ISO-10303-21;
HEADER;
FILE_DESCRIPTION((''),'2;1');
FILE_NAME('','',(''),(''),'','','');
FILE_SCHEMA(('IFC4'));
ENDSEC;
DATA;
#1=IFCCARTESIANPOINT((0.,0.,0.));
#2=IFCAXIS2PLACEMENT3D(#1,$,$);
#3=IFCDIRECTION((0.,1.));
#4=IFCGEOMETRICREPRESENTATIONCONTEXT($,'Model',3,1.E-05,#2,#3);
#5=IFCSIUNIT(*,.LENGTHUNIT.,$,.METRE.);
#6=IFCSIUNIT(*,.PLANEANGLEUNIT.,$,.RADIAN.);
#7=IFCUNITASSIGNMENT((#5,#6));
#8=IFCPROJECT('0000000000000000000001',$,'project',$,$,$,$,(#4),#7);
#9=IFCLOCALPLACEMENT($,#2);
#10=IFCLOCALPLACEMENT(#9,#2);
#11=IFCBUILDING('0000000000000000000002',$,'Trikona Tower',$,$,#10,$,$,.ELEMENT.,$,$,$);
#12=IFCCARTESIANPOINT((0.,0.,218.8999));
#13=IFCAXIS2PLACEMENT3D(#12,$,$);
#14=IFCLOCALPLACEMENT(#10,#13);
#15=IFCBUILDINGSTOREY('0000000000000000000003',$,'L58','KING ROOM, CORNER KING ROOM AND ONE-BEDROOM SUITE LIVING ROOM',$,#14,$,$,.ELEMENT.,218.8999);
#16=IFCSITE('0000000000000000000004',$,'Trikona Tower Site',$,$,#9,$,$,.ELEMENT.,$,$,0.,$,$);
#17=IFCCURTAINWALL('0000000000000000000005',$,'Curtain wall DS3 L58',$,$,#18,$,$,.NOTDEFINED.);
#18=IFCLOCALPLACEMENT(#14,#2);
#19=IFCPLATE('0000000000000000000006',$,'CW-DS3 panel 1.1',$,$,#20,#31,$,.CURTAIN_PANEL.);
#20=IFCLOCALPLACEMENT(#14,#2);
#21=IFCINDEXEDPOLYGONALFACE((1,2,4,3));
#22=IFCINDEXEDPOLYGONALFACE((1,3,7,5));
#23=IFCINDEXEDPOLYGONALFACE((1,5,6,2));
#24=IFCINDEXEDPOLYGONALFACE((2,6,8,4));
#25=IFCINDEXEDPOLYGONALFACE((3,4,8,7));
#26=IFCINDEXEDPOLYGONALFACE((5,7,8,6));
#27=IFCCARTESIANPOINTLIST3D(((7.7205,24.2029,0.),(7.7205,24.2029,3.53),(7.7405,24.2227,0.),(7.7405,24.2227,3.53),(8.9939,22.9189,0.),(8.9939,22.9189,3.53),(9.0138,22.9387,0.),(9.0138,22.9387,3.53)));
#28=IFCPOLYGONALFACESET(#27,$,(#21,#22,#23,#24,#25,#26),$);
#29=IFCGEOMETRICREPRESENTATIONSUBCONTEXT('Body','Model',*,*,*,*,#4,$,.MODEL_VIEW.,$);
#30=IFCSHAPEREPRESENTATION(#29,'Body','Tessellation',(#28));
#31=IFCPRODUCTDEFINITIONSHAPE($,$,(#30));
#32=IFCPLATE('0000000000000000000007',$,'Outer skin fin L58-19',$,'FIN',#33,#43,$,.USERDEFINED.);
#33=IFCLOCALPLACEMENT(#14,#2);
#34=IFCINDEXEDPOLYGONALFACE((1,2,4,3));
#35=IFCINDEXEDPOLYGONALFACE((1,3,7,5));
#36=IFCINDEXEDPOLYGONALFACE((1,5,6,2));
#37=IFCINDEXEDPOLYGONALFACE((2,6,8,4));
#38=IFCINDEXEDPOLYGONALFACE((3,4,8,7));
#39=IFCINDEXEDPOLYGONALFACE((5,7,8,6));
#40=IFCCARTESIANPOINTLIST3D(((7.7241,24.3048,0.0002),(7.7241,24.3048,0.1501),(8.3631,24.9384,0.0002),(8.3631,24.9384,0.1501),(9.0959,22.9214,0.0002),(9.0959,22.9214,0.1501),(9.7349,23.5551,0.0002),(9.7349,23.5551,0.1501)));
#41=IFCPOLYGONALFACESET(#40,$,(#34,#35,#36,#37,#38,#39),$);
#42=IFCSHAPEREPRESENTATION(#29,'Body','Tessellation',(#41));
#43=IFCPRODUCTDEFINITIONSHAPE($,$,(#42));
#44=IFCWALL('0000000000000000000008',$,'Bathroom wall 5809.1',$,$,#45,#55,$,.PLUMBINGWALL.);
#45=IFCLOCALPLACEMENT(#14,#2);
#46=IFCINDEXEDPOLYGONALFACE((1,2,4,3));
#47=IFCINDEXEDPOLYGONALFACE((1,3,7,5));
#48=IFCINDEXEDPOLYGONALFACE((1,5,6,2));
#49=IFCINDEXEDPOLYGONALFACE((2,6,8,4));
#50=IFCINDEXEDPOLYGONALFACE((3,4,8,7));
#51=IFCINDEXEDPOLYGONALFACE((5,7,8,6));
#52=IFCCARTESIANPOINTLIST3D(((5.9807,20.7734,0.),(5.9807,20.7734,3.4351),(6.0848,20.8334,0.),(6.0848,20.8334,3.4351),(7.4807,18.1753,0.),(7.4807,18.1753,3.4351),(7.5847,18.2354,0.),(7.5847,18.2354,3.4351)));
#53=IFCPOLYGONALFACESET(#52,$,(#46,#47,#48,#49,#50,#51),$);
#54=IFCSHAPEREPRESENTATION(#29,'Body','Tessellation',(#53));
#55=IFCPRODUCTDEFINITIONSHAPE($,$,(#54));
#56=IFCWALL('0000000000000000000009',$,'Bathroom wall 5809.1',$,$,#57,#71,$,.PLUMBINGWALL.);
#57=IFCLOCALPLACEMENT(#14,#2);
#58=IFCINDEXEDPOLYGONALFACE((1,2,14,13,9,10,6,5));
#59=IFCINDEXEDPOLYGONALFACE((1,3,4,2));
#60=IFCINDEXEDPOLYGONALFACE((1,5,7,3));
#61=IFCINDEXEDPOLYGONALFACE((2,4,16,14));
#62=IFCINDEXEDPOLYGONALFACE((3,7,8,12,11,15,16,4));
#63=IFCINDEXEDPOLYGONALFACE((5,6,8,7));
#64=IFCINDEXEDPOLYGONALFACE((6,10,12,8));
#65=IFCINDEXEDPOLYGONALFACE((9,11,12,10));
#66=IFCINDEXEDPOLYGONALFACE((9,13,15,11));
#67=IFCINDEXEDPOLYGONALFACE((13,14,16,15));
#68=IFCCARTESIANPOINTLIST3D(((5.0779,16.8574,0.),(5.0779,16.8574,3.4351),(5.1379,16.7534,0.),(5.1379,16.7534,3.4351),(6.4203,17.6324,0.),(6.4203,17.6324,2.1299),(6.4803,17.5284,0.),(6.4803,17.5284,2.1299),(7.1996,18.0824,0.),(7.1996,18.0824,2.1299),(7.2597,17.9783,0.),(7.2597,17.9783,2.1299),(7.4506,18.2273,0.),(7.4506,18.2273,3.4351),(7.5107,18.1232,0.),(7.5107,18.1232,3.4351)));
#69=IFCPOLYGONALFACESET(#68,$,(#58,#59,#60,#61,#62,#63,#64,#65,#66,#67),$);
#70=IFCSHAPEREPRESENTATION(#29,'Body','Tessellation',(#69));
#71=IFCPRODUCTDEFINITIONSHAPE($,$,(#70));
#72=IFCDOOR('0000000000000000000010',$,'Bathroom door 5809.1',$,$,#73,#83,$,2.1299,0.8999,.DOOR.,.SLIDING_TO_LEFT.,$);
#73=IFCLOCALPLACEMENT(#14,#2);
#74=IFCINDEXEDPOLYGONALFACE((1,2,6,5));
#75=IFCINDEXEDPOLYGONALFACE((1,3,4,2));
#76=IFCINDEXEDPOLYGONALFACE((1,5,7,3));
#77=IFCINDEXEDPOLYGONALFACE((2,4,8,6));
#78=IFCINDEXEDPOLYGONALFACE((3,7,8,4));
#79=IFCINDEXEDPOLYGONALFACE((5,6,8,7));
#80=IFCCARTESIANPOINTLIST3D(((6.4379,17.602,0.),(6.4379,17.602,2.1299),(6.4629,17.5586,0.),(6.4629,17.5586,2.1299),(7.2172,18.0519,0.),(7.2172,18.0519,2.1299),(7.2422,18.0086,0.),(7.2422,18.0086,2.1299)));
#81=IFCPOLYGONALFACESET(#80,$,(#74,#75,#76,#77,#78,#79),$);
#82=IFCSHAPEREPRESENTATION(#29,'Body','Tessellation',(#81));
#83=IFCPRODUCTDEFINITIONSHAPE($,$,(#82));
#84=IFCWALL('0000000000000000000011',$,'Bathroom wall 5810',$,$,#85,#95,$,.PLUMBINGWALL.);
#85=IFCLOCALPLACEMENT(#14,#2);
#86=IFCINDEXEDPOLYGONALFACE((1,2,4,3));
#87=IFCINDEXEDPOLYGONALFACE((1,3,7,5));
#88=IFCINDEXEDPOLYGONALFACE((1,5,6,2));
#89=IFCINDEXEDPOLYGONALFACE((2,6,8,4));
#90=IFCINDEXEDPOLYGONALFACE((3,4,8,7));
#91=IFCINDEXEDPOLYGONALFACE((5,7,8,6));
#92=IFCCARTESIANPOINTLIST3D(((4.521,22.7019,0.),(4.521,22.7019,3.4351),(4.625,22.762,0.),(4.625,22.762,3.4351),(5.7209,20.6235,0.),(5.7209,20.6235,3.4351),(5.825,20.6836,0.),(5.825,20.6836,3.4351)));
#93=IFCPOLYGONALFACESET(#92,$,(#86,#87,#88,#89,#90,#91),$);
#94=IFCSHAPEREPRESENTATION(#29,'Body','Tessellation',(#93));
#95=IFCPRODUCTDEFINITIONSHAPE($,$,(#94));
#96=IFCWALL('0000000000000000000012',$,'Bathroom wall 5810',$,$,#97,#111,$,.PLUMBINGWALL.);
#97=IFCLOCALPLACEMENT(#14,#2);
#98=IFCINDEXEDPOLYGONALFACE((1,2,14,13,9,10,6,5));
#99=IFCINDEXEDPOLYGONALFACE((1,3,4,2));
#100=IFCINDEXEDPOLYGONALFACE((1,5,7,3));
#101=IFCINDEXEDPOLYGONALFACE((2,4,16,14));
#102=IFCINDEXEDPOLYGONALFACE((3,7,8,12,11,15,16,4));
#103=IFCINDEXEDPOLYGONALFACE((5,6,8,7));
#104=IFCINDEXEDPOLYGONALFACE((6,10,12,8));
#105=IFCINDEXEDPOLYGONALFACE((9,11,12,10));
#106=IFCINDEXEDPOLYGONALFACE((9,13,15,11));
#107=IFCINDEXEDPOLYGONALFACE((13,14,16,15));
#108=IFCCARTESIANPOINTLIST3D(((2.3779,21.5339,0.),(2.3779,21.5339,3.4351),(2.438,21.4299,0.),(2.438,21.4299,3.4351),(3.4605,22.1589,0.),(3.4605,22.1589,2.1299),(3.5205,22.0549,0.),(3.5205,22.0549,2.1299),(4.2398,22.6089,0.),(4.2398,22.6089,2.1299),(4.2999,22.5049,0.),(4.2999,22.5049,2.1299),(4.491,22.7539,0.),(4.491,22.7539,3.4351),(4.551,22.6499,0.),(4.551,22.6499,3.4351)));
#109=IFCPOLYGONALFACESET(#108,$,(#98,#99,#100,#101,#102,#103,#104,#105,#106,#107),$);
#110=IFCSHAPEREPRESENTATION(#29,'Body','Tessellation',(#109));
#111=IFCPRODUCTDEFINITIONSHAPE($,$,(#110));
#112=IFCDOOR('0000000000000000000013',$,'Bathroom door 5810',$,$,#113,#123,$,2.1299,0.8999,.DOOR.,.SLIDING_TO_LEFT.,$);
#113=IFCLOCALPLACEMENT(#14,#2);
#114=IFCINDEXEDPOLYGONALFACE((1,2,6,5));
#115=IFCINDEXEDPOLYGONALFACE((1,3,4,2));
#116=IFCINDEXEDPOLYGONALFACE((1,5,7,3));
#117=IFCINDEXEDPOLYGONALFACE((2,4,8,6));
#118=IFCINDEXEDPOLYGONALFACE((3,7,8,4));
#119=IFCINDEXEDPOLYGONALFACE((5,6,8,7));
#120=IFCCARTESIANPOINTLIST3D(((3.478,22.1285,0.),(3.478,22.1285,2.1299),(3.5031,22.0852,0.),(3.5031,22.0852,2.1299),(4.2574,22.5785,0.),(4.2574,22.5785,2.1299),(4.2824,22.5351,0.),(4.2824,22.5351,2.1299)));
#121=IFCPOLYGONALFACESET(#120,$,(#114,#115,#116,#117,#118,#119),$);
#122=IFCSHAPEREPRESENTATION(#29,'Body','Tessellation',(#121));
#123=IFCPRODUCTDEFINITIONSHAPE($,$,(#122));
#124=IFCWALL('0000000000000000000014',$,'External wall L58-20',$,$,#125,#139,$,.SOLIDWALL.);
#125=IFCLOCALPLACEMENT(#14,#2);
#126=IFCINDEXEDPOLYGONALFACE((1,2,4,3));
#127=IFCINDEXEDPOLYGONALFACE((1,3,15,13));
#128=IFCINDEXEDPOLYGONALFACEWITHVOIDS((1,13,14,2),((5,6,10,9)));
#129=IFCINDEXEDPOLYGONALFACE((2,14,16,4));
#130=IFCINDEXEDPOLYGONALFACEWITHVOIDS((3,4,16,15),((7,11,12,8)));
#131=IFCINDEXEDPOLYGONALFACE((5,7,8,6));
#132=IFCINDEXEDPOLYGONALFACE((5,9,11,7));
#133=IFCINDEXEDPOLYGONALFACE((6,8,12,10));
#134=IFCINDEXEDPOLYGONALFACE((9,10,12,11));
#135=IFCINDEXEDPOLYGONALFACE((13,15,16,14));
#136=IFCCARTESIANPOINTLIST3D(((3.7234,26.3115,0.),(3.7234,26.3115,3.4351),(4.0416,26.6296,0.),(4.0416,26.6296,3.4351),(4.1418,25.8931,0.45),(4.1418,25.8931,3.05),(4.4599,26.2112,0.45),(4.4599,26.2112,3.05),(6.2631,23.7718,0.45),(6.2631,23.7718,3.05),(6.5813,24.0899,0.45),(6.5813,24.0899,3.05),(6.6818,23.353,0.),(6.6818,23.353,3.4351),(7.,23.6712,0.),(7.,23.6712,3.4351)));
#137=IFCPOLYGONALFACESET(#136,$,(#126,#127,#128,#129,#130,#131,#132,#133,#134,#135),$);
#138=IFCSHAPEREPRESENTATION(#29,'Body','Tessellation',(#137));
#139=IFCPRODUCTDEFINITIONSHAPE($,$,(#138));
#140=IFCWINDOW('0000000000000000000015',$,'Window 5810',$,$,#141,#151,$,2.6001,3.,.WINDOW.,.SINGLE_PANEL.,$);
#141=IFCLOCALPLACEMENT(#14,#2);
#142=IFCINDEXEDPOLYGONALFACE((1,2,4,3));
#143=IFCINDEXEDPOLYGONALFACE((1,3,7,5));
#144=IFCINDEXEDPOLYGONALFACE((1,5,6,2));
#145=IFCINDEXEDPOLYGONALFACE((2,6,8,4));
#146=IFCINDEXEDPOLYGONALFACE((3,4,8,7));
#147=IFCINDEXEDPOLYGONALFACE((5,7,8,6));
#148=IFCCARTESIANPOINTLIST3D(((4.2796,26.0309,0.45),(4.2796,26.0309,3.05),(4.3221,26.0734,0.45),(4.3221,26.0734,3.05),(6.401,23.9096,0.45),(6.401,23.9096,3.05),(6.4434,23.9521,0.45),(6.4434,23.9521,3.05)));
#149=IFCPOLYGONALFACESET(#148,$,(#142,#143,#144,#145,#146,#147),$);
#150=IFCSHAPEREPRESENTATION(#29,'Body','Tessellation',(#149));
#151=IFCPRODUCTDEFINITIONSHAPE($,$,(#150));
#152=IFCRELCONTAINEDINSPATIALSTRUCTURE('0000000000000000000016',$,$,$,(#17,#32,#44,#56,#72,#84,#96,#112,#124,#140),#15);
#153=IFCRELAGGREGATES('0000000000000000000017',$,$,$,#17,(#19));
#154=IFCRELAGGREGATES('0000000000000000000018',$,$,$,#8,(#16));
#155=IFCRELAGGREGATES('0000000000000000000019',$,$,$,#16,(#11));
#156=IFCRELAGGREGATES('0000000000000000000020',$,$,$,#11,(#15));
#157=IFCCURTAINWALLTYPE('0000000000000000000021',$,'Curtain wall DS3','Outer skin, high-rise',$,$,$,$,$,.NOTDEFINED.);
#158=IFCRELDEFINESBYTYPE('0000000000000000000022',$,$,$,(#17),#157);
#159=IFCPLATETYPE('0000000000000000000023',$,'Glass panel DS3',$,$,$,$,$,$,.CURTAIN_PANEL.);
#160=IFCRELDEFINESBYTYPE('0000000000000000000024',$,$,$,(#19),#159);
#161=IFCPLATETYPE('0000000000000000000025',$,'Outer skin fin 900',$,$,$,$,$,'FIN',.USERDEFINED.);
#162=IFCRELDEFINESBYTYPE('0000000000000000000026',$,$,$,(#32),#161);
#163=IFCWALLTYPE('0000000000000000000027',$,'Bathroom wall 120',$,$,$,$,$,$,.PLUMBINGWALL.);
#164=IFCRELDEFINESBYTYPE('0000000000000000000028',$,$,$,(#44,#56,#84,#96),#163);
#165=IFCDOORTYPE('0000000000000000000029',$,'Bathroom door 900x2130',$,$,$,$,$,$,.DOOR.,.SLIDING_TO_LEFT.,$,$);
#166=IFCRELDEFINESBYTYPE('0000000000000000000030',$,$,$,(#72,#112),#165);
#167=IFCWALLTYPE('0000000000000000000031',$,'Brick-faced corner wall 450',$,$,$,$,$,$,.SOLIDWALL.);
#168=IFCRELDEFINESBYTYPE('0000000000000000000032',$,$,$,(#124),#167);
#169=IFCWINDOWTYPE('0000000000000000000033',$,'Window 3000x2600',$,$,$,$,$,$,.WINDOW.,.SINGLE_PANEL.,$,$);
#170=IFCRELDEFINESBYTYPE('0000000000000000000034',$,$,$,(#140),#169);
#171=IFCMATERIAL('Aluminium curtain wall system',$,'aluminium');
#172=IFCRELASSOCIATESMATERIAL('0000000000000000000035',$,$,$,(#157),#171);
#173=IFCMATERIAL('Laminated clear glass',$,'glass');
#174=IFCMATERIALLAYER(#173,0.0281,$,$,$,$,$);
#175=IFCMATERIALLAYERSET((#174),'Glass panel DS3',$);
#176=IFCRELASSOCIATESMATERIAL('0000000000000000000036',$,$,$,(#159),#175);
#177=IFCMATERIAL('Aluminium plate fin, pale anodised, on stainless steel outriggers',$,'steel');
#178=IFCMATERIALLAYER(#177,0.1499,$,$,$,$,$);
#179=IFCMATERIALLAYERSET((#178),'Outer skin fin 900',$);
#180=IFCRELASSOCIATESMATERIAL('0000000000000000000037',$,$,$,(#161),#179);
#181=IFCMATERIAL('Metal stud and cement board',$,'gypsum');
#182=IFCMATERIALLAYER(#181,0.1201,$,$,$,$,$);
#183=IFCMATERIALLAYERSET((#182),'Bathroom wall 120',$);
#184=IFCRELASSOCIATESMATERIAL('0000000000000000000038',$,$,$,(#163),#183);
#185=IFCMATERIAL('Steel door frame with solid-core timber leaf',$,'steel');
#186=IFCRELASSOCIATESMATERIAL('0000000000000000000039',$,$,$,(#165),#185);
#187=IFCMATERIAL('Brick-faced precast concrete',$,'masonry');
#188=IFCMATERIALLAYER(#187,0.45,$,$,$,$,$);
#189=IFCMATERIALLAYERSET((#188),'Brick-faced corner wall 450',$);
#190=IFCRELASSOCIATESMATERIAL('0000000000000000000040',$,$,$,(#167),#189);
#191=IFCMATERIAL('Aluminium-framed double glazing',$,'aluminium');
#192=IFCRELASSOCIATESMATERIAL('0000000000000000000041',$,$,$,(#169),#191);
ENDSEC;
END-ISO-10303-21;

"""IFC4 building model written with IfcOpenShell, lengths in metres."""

from ifc_helpers import new_model, si_unit, direction, frame, frame_2d, origin, origin_2d, place, context, subcontext, project, spatial, rectangle, extrude, material, layer, layer_set, type_object, element, fill, aggregate, save


model = new_model("IFC4")

# Units and contexts
model_context = context("Model", 3, precision=1e-05, world=origin(), true_north=direction((0.0, 1.0)))
body_context = subcontext(model_context, "Body", "Model", "MODEL_VIEW")
ifc_project = project(units=[si_unit("LENGTHUNIT", "METRE"), si_unit("PLANEANGLEUNIT", "RADIAN")], contexts=[model_context])

# Site, building, storey
site_placement = place(None, origin())
site = spatial("IfcSite", under=ifc_project, at=site_placement, Name="Trikona Tower Site", CompositionType="ELEMENT", RefElevation=0.0)
building_placement = place(site_placement, origin())
building = spatial("IfcBuilding", under=site, at=building_placement, Name="Trikona Tower", CompositionType="ELEMENT")
storey_placement = place(building_placement, frame((0.0, 0.0, 218.8999)))
storey = spatial("IfcBuildingStorey", under=building, at=storey_placement, Name="L58", Description="KING ROOM, CORNER KING ROOM AND ONE-BEDROOM SUITE LIVING ROOM", CompositionType="ELEMENT", Elevation=218.8999)

# Curtain wall
ifc_material_1 = material(Name="Aluminium curtain wall system", Category="aluminium")
curtain_wall_type = type_object("IfcCurtainWallType", Name="Curtain wall DS3", Description="Outer skin, high-rise", PredefinedType="NOTDEFINED", material=ifc_material_1)
curtain_wall_placement = place(storey_placement, origin())
curtain_wall = element("IfcCurtainWall", 1, at=curtain_wall_placement, inside=storey, type_object=curtain_wall_type, Name="Curtain wall DS3 L58", PredefinedType="NOTDEFINED")

# Plates
ifc_material_2 = material(Name="Laminated clear glass", Category="glass")
ifc_layer_1 = layer(ifc_material_2, 0.0281)
ifc_layer_set_1 = layer_set([ifc_layer_1], Name="Glass panel DS3")
plate_type_1 = type_object("IfcPlateType", Name="Glass panel DS3", PredefinedType="CURTAIN_PANEL", material=ifc_layer_set_1)
plate_1_placement = place(storey_placement, frame((8.3672, 23.5708, 0.0), z_axis=(0.0, 0.0, 1.0), x_axis=(-0.704149, 0.710052, 0.0)))
plate_1 = element("IfcPlate", 2, at=plate_1_placement, type_object=plate_type_1, Name="CW-DS3 panel 1.1", PredefinedType="CURTAIN_PANEL", context=body_context, shape_type="SweptSolid", body=[
    extrude(rectangle(XDim=1.8083, YDim=0.0281, at=origin_2d()), origin(), (0.0, 0.0, 1.0), 3.53),
])
aggregate(curtain_wall, [plate_1])
ifc_material_3 = material(Name="Aluminium plate fin, pale anodised, on stainless steel outriggers", Category="steel")
ifc_layer_2 = layer(ifc_material_3, 0.1499)
ifc_layer_set_2 = layer_set([ifc_layer_2], Name="Outer skin fin 900")
plate_type_2 = type_object("IfcPlateType", Name="Outer skin fin 900", ElementType="FIN", PredefinedType="USERDEFINED", material=ifc_layer_set_2)
plate_2_placement = place(storey_placement, frame((8.7295, 23.9299, 0.0002), z_axis=(0.0, 0.0, 1.0), x_axis=(-0.704151, 0.71005, 0.0)))
element("IfcPlate", 3, at=plate_2_placement, inside=storey, type_object=plate_type_2, Name="Outer skin fin L58-19", ObjectType="FIN", PredefinedType="USERDEFINED", context=body_context, shape_type="SweptSolid", body=[
    extrude(rectangle(XDim=1.9482, YDim=0.8999, at=origin_2d()), origin(), (0.0, 0.0, 1.0), 0.1499),
])

# Wall
ifc_material_4 = material(Name="Metal stud and cement board", Category="gypsum")
ifc_layer_3 = layer(ifc_material_4, 0.1201)
ifc_layer_set_3 = layer_set([ifc_layer_3], Name="Bathroom wall 120")
wall_type_1 = type_object("IfcWallType", Name="Bathroom wall 120", PredefinedType="PLUMBINGWALL", material=ifc_layer_set_3)
wall_1_placement = place(storey_placement, frame((7.5327, 18.2053, 0.0), z_axis=(0.0, 0.0, 1.0), x_axis=(-0.49999, 0.866031, 0.0)))
element("IfcWall", 4, at=wall_1_placement, inside=storey, type_object=wall_type_1, Name="Bathroom wall 5809.1", PredefinedType="PLUMBINGWALL", context=body_context, shape_type="SweptSolid", body=[
    extrude(rectangle(XDim=3.0, YDim=0.1201, at=frame_2d((1.5, 0.0))), origin(), (0.0, 0.0, 1.0), 3.4351),
])

# Wall, opening, door
wall_2_placement = place(storey_placement, frame((5.1079, 16.8054, 0.0), z_axis=(0.0, 0.0, 1.0), x_axis=(0.866036, 0.499982, 0.0)))
wall_2 = element("IfcWall", 5, at=wall_2_placement, inside=storey, type_object=wall_type_1, Name="Bathroom wall 5809.1", PredefinedType="PLUMBINGWALL", context=body_context, shape_type="SweptSolid", body=[
    extrude(rectangle(XDim=2.7397, YDim=0.1201, at=frame_2d((1.3699, 0.0))), origin(), (0.0, 0.0, 1.0), 3.4351),
])
opening_1_placement = place(wall_2_placement, frame((1.55, 0.0, 0.0)))
opening_1 = element("IfcOpeningElement", 6, at=opening_1_placement, cuts=wall_2, PredefinedType="OPENING", context=body_context, shape_type="SweptSolid", body=[
    extrude(rectangle(XDim=0.8999, YDim=2.1299, at=frame_2d((0.45, 1.0649))), frame((0.0, 0.0701, 0.0), z_axis=(0.0, -1.0, 0.0), x_axis=(1.0, 0.0, 0.0)), (0.0, 0.0, 1.0), 0.1401),
])
ifc_material_5 = material(Name="Steel door frame with solid-core timber leaf", Category="steel")
door_type_1 = type_object("IfcDoorType", Name="Bathroom door 900x2130", OperationType="SLIDING_TO_LEFT", PredefinedType="DOOR", material=ifc_material_5)
door_1_placement = place(opening_1_placement, origin())
door_1 = element("IfcDoor", 7, at=door_1_placement, inside=storey, type_object=door_type_1, Name="Bathroom door 5809.1", OperationType="SLIDING_TO_LEFT", OverallHeight=2.1299, OverallWidth=0.8999, PredefinedType="DOOR", context=body_context, shape_type="SweptSolid", body=[
    extrude(rectangle(XDim=0.8999, YDim=2.1299, at=frame_2d((0.45, 1.0649))), frame((0.0, 0.0249, 0.0), z_axis=(0.0, -1.0, 0.0), x_axis=(1.0, 0.0, 0.0)), (0.0, 0.0, 1.0), 0.05),
])
fill(opening_1, door_1)

# Wall
wall_3_placement = place(storey_placement, frame((5.7729, 20.6536, 0.0), z_axis=(0.0, 0.0, 1.0), x_axis=(-0.500001, 0.866025, 0.0)))
element("IfcWall", 8, at=wall_3_placement, inside=storey, type_object=wall_type_1, Name="Bathroom wall 5810", PredefinedType="PLUMBINGWALL", context=body_context, shape_type="SweptSolid", body=[
    extrude(rectangle(XDim=2.3999, YDim=0.1201, at=frame_2d((1.2, 0.0))), origin(), (0.0, 0.0, 1.0), 3.4351),
])

# Wall, opening, door
wall_4_placement = place(storey_placement, frame((2.408, 21.4819, 0.0), z_axis=(0.0, 0.0, 1.0), x_axis=(0.866024, 0.500003, 0.0)))
wall_4 = element("IfcWall", 9, at=wall_4_placement, inside=storey, type_object=wall_type_1, Name="Bathroom wall 5810", PredefinedType="PLUMBINGWALL", context=body_context, shape_type="SweptSolid", body=[
    extrude(rectangle(XDim=2.4399, YDim=0.1201, at=frame_2d((1.22, 0.0))), origin(), (0.0, 0.0, 1.0), 3.4351),
])
opening_2_placement = place(wall_4_placement, frame((1.25, 0.0, 0.0)))
opening_2 = element("IfcOpeningElement", 10, at=opening_2_placement, cuts=wall_4, PredefinedType="OPENING", context=body_context, shape_type="SweptSolid", body=[
    extrude(rectangle(XDim=0.8999, YDim=2.1299, at=frame_2d((0.45, 1.0649))), frame((0.0, 0.0701, 0.0), z_axis=(0.0, -1.0, 0.0), x_axis=(1.0, 0.0, 0.0)), (0.0, 0.0, 1.0), 0.1401),
])
door_2_placement = place(opening_2_placement, origin())
door_2 = element("IfcDoor", 11, at=door_2_placement, inside=storey, type_object=door_type_1, Name="Bathroom door 5810", OperationType="SLIDING_TO_LEFT", OverallHeight=2.1299, OverallWidth=0.8999, PredefinedType="DOOR", context=body_context, shape_type="SweptSolid", body=[
    extrude(rectangle(XDim=0.8999, YDim=2.1299, at=frame_2d((0.45, 1.0649))), frame((0.0, 0.0249, 0.0), z_axis=(0.0, -1.0, 0.0), x_axis=(1.0, 0.0, 0.0)), (0.0, 0.0, 1.0), 0.05),
])
fill(opening_2, door_2)

# Wall, opening, window
ifc_material_6 = material(Name="Brick-faced precast concrete", Category="masonry")
ifc_layer_4 = layer(ifc_material_6, 0.45)
ifc_layer_set_4 = layer_set([ifc_layer_4], Name="Brick-faced corner wall 450")
wall_type_2 = type_object("IfcWallType", Name="Brick-faced corner wall 450", PredefinedType="SOLIDWALL", material=ifc_layer_set_4)
wall_5_placement = place(storey_placement, frame((6.8408, 23.5122, 0.0), z_axis=(0.0, 0.0, 1.0), x_axis=(-0.707107, 0.707107, 0.0)))
wall_5 = element("IfcWall", 12, at=wall_5_placement, inside=storey, type_object=wall_type_2, Name="External wall L58-20", PredefinedType="SOLIDWALL", context=body_context, shape_type="SweptSolid", body=[
    extrude(rectangle(XDim=4.1838, YDim=0.45, at=frame_2d((2.0918, 0.0))), origin(), (0.0, 0.0, 1.0), 3.4351),
])
opening_3_placement = place(wall_5_placement, frame((0.592, 0.0, 0.45)))
opening_3 = element("IfcOpeningElement", 13, at=opening_3_placement, cuts=wall_5, PredefinedType="OPENING", context=body_context, shape_type="SweptSolid", body=[
    extrude(rectangle(XDim=3.0, YDim=2.6001, at=frame_2d((1.5, 1.3))), frame((0.0, 0.2349, 0.0), z_axis=(0.0, -1.0, 0.0), x_axis=(1.0, 0.0, 0.0)), (0.0, 0.0, 1.0), 0.47),
])
ifc_material_7 = material(Name="Aluminium-framed double glazing", Category="aluminium")
window_type_1 = type_object("IfcWindowType", Name="Window 3000x2600", PartitioningType="SINGLE_PANEL", PredefinedType="WINDOW", material=ifc_material_7)
window_1_placement = place(opening_3_placement, origin())
window_1 = element("IfcWindow", 14, at=window_1_placement, inside=storey, type_object=window_type_1, Name="Window 5810", OverallHeight=2.6001, OverallWidth=3.0, PartitioningType="SINGLE_PANEL", PredefinedType="WINDOW", context=body_context, shape_type="SweptSolid", body=[
    extrude(rectangle(XDim=3.0, YDim=2.6001, at=frame_2d((1.5, 1.3))), frame((0.0, 0.03, 0.0), z_axis=(0.0, -1.0, 0.0), x_axis=(1.0, 0.0, 0.0)), (0.0, 0.0, 1.0), 0.0601),
])
fill(opening_3, window_1)

save(model, "model.ifc")
